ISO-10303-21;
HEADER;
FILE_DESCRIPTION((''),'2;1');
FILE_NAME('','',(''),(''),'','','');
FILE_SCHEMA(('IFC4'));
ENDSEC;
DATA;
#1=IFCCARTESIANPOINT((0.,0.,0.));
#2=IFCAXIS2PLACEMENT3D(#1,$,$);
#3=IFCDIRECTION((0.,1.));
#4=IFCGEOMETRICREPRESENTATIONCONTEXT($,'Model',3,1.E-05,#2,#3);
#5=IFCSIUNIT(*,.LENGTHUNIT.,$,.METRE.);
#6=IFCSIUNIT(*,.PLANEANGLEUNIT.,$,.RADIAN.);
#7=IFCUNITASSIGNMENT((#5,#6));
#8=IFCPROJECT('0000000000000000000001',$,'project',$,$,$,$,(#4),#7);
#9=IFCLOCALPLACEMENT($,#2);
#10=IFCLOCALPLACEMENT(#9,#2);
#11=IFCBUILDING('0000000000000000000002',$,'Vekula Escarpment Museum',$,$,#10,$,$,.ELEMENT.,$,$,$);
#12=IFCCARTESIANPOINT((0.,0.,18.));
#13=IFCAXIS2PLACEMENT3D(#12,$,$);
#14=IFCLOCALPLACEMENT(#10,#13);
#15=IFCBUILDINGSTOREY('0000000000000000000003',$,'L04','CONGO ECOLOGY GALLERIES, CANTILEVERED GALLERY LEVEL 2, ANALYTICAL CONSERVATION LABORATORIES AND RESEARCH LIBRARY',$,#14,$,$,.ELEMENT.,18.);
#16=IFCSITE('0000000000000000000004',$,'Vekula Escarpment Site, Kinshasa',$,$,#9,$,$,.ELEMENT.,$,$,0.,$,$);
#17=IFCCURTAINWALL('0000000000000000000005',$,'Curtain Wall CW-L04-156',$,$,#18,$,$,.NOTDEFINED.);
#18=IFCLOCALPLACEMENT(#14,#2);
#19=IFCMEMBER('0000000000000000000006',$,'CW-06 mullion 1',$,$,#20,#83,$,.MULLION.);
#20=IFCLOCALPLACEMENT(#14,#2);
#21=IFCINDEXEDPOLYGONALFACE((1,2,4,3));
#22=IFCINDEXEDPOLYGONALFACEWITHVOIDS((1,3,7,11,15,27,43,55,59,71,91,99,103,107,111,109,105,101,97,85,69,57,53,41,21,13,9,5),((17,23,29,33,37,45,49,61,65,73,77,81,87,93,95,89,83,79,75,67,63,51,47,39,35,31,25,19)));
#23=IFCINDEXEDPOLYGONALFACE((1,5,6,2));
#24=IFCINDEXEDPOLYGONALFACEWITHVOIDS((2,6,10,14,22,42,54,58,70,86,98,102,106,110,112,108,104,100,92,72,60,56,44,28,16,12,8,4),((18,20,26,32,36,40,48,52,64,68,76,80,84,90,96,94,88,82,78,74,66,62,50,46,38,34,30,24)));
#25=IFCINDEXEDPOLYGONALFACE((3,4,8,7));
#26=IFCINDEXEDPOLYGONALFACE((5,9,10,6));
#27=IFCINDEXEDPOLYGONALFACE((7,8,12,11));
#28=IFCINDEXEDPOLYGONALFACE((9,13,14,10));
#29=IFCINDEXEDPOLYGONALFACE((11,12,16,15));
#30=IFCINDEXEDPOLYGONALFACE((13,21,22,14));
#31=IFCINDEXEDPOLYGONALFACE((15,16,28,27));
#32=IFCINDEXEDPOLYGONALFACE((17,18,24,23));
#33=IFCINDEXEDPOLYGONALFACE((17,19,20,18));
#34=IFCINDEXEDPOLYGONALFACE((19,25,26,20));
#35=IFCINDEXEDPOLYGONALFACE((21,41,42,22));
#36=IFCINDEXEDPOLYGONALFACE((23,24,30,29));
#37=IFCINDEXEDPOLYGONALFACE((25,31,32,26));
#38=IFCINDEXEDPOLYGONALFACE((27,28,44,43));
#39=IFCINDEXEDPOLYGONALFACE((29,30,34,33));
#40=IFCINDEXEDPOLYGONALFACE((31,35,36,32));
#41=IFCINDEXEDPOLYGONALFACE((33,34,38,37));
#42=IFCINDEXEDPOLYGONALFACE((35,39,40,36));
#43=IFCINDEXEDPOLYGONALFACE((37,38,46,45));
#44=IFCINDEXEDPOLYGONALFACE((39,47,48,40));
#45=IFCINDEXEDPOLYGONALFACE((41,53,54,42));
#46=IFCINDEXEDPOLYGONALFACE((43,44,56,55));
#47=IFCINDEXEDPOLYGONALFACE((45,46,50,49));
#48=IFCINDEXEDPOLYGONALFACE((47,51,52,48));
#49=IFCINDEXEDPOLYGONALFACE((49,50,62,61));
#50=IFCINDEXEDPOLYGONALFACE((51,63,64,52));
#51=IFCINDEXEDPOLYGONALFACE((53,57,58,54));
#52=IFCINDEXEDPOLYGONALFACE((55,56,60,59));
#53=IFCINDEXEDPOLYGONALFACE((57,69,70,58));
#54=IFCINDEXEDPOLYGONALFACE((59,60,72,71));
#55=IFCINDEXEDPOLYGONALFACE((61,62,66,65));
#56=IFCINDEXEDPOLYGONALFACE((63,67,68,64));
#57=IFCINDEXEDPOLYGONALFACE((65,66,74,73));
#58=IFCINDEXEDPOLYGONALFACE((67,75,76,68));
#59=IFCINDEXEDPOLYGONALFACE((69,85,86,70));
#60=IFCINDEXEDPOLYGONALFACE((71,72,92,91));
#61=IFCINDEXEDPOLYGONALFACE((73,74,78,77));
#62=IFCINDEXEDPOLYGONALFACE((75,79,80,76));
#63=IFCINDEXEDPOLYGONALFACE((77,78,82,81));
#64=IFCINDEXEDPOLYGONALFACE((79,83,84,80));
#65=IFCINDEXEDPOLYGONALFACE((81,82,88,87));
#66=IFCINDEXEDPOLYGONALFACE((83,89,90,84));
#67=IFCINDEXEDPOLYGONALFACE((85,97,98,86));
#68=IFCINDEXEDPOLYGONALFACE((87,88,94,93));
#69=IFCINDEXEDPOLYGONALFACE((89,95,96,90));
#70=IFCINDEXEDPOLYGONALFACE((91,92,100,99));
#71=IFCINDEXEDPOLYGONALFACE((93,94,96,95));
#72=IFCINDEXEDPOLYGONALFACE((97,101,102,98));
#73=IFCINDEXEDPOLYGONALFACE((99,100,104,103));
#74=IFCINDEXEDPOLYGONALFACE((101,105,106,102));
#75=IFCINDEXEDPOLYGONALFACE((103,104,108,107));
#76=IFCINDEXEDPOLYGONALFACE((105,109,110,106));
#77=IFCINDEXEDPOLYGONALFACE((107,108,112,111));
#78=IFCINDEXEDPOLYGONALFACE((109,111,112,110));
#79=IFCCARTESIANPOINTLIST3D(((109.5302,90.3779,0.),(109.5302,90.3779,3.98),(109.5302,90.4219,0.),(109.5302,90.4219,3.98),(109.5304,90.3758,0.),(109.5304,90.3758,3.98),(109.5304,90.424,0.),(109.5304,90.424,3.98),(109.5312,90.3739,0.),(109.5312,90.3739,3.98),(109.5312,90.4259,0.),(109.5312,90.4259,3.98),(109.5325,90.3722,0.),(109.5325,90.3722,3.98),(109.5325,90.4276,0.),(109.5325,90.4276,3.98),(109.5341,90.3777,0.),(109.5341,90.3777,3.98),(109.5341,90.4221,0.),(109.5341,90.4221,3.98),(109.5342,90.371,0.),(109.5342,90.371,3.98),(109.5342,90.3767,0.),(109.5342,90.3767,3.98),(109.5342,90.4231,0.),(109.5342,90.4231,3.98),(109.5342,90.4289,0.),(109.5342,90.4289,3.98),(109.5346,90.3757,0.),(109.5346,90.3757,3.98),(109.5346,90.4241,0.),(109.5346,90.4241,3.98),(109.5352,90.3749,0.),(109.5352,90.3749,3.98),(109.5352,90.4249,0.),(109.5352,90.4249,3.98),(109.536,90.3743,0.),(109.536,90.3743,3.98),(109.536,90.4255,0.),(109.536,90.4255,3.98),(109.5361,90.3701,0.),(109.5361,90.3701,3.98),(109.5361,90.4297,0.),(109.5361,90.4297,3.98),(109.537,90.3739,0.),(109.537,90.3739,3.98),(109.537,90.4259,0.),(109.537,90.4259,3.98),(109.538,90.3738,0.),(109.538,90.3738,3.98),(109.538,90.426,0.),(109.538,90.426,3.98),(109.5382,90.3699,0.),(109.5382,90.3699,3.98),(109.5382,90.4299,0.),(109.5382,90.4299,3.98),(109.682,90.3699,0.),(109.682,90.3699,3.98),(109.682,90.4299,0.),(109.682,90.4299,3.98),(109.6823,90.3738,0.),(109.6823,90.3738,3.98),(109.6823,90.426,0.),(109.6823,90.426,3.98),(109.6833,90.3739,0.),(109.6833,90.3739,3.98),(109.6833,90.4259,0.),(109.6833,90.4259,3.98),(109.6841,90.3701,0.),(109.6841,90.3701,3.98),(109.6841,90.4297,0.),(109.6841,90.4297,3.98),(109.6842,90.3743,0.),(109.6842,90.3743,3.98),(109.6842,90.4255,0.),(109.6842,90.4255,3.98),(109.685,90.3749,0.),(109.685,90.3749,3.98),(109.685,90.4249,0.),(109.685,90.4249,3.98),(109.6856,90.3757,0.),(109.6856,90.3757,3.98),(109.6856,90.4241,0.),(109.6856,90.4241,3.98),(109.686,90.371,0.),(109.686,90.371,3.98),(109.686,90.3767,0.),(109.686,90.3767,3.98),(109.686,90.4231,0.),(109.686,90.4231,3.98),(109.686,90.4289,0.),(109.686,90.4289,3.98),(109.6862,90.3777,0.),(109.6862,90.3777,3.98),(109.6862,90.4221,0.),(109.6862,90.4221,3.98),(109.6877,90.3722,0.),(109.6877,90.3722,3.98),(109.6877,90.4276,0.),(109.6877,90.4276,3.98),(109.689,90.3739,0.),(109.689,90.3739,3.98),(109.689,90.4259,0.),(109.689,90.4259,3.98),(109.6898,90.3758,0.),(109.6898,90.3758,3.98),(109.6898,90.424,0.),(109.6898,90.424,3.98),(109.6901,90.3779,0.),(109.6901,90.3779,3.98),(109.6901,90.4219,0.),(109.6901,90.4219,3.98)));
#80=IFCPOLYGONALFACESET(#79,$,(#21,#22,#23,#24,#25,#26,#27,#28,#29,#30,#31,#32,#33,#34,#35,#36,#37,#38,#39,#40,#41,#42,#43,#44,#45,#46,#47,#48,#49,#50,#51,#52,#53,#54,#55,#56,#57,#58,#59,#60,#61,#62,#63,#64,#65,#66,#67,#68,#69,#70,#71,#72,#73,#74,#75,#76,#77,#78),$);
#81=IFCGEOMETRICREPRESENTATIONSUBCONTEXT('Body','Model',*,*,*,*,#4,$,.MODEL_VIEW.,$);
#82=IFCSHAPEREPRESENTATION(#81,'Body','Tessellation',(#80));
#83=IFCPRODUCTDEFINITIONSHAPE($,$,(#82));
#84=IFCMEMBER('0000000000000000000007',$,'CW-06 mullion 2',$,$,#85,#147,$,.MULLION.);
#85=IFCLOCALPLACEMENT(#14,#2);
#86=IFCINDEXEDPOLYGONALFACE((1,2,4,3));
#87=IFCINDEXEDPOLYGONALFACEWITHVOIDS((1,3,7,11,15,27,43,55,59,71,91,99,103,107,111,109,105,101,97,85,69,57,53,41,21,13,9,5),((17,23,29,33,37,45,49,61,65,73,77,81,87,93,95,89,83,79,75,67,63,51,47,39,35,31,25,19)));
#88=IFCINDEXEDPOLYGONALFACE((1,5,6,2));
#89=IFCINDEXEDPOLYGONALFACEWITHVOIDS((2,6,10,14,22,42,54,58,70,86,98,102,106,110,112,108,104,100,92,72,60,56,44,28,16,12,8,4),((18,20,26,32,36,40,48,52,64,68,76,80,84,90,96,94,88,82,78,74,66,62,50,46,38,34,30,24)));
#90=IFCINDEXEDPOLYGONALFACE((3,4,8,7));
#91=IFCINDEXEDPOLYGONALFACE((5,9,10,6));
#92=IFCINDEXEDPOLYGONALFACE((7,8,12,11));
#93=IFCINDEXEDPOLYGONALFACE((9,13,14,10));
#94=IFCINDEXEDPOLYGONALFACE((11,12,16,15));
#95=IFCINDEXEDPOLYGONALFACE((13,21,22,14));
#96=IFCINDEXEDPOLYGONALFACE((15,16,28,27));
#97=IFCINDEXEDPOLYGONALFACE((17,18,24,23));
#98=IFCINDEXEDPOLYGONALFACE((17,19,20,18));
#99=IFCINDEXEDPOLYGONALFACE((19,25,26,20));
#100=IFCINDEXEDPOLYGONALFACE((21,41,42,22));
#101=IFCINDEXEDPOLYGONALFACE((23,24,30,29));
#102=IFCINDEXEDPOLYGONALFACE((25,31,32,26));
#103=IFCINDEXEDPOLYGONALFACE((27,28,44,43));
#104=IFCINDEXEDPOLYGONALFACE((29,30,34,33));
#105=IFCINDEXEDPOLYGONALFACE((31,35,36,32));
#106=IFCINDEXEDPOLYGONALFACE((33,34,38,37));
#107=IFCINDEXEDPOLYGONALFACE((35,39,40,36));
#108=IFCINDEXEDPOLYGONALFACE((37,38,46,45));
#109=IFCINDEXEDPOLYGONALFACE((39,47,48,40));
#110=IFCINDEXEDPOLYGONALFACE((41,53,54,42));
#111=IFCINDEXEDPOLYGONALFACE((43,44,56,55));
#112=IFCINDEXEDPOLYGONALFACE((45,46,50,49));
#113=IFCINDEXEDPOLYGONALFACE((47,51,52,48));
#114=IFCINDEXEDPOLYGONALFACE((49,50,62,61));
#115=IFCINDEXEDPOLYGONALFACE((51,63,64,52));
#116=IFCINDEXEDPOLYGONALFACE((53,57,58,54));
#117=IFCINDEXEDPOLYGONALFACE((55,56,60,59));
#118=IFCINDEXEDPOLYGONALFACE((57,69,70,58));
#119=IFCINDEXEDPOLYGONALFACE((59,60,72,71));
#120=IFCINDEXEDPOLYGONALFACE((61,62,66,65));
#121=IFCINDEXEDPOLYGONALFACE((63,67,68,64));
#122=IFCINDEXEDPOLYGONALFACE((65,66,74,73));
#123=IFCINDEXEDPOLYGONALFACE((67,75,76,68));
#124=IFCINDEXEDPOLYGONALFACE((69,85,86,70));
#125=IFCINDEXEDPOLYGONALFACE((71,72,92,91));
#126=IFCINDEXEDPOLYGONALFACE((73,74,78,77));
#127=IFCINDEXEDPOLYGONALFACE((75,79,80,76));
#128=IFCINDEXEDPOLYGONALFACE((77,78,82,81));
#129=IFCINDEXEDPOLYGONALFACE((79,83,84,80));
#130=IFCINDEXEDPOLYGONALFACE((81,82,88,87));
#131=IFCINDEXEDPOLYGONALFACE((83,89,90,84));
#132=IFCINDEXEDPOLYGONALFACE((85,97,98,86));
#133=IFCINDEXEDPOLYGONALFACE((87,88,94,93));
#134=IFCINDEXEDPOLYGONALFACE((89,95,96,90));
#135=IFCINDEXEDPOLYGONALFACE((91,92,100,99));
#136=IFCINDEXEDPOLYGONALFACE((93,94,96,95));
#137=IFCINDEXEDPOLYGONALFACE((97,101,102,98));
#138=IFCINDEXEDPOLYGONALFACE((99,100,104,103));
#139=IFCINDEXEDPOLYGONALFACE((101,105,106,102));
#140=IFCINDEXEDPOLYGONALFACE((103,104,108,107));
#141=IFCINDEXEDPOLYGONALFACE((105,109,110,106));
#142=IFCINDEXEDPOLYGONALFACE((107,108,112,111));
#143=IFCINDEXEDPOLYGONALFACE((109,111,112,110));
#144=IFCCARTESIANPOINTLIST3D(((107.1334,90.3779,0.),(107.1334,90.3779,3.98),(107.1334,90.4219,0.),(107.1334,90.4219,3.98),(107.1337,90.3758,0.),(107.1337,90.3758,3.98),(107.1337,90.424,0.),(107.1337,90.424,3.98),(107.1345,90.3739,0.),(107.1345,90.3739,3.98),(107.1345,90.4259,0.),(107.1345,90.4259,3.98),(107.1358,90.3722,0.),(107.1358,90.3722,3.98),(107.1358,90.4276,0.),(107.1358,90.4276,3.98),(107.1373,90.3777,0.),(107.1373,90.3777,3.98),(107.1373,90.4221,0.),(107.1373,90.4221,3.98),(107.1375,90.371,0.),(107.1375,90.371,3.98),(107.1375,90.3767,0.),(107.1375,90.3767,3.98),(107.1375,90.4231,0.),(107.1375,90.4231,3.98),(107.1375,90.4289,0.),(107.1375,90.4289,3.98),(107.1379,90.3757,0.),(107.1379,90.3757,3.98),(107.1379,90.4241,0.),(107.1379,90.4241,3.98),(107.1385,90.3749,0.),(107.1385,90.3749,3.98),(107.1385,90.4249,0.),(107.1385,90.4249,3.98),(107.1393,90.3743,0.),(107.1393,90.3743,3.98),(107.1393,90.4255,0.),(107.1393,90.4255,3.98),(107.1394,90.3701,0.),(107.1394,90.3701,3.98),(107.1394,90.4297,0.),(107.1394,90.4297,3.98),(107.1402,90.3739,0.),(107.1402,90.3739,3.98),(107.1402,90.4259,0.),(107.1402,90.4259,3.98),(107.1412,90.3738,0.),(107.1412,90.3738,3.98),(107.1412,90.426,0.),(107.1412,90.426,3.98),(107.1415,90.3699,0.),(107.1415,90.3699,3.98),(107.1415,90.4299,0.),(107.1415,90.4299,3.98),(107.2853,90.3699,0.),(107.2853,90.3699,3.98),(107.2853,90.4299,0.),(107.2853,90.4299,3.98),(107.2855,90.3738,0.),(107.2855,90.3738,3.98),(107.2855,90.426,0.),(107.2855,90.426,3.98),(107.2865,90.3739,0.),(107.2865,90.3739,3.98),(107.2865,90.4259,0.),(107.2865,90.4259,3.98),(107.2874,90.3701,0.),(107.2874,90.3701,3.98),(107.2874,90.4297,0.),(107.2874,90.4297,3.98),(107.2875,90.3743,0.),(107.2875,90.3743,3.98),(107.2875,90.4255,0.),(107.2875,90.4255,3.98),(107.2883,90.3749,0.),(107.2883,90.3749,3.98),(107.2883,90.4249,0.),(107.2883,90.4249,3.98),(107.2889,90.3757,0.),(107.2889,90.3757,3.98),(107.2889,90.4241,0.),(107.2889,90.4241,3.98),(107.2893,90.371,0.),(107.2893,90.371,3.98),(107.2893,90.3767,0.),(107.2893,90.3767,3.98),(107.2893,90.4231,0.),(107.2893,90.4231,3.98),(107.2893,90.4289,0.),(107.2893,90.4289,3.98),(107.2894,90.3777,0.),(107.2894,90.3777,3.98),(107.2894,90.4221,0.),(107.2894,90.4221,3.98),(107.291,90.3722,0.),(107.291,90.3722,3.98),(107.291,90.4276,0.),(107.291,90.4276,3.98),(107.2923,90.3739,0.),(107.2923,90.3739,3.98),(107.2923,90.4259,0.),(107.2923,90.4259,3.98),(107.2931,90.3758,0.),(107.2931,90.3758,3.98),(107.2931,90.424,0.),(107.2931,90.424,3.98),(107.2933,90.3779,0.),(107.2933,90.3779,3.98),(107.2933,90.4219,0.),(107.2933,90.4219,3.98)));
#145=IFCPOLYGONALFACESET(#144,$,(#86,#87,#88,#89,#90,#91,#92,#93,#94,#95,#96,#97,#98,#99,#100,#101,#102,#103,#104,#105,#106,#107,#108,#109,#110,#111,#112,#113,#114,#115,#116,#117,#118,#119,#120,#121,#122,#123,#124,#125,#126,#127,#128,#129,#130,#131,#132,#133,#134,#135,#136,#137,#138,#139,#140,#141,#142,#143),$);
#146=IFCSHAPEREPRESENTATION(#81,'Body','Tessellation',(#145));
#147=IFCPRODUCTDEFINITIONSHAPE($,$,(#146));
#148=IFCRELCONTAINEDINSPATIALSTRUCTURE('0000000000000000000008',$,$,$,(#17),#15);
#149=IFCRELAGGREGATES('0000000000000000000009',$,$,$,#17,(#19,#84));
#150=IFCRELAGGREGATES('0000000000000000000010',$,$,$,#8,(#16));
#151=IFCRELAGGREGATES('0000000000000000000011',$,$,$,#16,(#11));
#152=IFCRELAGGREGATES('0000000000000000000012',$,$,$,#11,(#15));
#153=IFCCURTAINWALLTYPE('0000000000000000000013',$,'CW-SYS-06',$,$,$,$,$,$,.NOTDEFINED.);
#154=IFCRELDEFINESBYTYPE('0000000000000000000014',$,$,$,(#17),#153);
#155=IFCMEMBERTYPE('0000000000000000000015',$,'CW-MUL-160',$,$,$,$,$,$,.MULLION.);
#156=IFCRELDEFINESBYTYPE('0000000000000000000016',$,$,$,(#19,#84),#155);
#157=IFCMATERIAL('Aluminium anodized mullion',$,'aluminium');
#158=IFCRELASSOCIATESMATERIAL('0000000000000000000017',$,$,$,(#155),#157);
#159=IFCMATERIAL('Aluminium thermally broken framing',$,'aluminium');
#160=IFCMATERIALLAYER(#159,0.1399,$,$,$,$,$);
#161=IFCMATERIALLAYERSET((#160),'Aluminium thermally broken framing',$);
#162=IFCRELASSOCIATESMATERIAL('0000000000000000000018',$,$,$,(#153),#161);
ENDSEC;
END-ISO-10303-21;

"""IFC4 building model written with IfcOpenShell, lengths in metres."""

from ifc_helpers import new_model, si_unit, direction, frame, origin, origin_2d, place, context, subcontext, project, spatial, hollow_rectangle, extrude, material, layer, layer_set, material_profile, profile_set, type_object, element, aggregate, save


model = new_model("IFC4")

# Units and contexts
model_context = context("Model", 3, precision=1e-05, world=origin(), true_north=direction((0.0, 1.0)))
body_context = subcontext(model_context, "Body", "Model", "MODEL_VIEW")
ifc_project = project(units=[si_unit("LENGTHUNIT", "METRE"), si_unit("PLANEANGLEUNIT", "RADIAN")], contexts=[model_context])

# Site, building, storey
site_placement = place(None, origin())
site = spatial("IfcSite", under=ifc_project, at=site_placement, Name="Vekula Escarpment Site, Kinshasa", CompositionType="ELEMENT", RefElevation=0.0)
building_placement = place(site_placement, origin())
building = spatial("IfcBuilding", under=site, at=building_placement, Name="Vekula Escarpment Museum", CompositionType="ELEMENT")
storey_placement = place(building_placement, frame((0.0, 0.0, 18.0)))
storey = spatial("IfcBuildingStorey", under=building, at=storey_placement, Name="L04", Description="CONGO ECOLOGY GALLERIES, CANTILEVERED GALLERY LEVEL 2, ANALYTICAL CONSERVATION LABORATORIES AND RESEARCH LIBRARY", CompositionType="ELEMENT", Elevation=18.0)

# Shared definitions
ifc_material_1 = material(Name="Aluminium anodized mullion", Category="aluminium")
ifc_material_profile_1 = material_profile(ifc_material_1, hollow_rectangle(XDim=0.0601, YDim=0.1599, WallThickness=0.0039, InnerFilletRadius=0.0039, OuterFilletRadius=0.0081, at=origin_2d()), Name="ALU 160x60x4")
ifc_profile_set_1 = profile_set([ifc_material_profile_1], Name="Aluminium anodized mullion")
member_type_1 = type_object("IfcMemberType", Name="CW-MUL-160", PredefinedType="MULLION", material=ifc_profile_set_1)

# Curtain wall, members
ifc_material_2 = material(Name="Aluminium thermally broken framing", Category="aluminium")
ifc_layer_1 = layer(ifc_material_2, 0.1399)
ifc_layer_set_1 = layer_set([ifc_layer_1], Name="Aluminium thermally broken framing")
curtain_wall_type_1 = type_object("IfcCurtainWallType", Name="CW-SYS-06", PredefinedType="NOTDEFINED", material=ifc_layer_set_1)
curtain_wall_1_placement = place(storey_placement, origin())
curtain_wall_1 = element("IfcCurtainWall", 1, at=curtain_wall_1_placement, inside=storey, type_object=curtain_wall_type_1, Name="Curtain Wall CW-L04-156", PredefinedType="NOTDEFINED")
member_1_placement = place(storey_placement, frame((109.6101, 90.3999, 0.0), z_axis=(0.0, 0.0, 1.0), x_axis=(0.0, -1.0, 0.0)))
member_1 = element("IfcMember", 2, at=member_1_placement, type_object=member_type_1, Name="CW-06 mullion 1", PredefinedType="MULLION", context=body_context, shape_type="SweptSolid", body=[
    extrude(hollow_rectangle(XDim=0.0601, YDim=0.1599, WallThickness=0.0039, InnerFilletRadius=0.0039, OuterFilletRadius=0.0081, at=origin_2d()), origin(), (0.0, 0.0, 1.0), 3.98),
])
member_2_placement = place(storey_placement, frame((107.2134, 90.3999, 0.0), z_axis=(0.0, 0.0, 1.0), x_axis=(0.0, -1.0, 0.0)))
member_2 = element("IfcMember", 3, at=member_2_placement, type_object=member_type_1, Name="CW-06 mullion 2", PredefinedType="MULLION", context=body_context, shape_type="SweptSolid", body=[
    extrude(hollow_rectangle(XDim=0.0601, YDim=0.1599, WallThickness=0.0039, InnerFilletRadius=0.0039, OuterFilletRadius=0.0081, at=origin_2d()), origin(), (0.0, 0.0, 1.0), 3.98),
])

aggregate(curtain_wall_1, [member_1, member_2])

save(model, "model.ifc")
